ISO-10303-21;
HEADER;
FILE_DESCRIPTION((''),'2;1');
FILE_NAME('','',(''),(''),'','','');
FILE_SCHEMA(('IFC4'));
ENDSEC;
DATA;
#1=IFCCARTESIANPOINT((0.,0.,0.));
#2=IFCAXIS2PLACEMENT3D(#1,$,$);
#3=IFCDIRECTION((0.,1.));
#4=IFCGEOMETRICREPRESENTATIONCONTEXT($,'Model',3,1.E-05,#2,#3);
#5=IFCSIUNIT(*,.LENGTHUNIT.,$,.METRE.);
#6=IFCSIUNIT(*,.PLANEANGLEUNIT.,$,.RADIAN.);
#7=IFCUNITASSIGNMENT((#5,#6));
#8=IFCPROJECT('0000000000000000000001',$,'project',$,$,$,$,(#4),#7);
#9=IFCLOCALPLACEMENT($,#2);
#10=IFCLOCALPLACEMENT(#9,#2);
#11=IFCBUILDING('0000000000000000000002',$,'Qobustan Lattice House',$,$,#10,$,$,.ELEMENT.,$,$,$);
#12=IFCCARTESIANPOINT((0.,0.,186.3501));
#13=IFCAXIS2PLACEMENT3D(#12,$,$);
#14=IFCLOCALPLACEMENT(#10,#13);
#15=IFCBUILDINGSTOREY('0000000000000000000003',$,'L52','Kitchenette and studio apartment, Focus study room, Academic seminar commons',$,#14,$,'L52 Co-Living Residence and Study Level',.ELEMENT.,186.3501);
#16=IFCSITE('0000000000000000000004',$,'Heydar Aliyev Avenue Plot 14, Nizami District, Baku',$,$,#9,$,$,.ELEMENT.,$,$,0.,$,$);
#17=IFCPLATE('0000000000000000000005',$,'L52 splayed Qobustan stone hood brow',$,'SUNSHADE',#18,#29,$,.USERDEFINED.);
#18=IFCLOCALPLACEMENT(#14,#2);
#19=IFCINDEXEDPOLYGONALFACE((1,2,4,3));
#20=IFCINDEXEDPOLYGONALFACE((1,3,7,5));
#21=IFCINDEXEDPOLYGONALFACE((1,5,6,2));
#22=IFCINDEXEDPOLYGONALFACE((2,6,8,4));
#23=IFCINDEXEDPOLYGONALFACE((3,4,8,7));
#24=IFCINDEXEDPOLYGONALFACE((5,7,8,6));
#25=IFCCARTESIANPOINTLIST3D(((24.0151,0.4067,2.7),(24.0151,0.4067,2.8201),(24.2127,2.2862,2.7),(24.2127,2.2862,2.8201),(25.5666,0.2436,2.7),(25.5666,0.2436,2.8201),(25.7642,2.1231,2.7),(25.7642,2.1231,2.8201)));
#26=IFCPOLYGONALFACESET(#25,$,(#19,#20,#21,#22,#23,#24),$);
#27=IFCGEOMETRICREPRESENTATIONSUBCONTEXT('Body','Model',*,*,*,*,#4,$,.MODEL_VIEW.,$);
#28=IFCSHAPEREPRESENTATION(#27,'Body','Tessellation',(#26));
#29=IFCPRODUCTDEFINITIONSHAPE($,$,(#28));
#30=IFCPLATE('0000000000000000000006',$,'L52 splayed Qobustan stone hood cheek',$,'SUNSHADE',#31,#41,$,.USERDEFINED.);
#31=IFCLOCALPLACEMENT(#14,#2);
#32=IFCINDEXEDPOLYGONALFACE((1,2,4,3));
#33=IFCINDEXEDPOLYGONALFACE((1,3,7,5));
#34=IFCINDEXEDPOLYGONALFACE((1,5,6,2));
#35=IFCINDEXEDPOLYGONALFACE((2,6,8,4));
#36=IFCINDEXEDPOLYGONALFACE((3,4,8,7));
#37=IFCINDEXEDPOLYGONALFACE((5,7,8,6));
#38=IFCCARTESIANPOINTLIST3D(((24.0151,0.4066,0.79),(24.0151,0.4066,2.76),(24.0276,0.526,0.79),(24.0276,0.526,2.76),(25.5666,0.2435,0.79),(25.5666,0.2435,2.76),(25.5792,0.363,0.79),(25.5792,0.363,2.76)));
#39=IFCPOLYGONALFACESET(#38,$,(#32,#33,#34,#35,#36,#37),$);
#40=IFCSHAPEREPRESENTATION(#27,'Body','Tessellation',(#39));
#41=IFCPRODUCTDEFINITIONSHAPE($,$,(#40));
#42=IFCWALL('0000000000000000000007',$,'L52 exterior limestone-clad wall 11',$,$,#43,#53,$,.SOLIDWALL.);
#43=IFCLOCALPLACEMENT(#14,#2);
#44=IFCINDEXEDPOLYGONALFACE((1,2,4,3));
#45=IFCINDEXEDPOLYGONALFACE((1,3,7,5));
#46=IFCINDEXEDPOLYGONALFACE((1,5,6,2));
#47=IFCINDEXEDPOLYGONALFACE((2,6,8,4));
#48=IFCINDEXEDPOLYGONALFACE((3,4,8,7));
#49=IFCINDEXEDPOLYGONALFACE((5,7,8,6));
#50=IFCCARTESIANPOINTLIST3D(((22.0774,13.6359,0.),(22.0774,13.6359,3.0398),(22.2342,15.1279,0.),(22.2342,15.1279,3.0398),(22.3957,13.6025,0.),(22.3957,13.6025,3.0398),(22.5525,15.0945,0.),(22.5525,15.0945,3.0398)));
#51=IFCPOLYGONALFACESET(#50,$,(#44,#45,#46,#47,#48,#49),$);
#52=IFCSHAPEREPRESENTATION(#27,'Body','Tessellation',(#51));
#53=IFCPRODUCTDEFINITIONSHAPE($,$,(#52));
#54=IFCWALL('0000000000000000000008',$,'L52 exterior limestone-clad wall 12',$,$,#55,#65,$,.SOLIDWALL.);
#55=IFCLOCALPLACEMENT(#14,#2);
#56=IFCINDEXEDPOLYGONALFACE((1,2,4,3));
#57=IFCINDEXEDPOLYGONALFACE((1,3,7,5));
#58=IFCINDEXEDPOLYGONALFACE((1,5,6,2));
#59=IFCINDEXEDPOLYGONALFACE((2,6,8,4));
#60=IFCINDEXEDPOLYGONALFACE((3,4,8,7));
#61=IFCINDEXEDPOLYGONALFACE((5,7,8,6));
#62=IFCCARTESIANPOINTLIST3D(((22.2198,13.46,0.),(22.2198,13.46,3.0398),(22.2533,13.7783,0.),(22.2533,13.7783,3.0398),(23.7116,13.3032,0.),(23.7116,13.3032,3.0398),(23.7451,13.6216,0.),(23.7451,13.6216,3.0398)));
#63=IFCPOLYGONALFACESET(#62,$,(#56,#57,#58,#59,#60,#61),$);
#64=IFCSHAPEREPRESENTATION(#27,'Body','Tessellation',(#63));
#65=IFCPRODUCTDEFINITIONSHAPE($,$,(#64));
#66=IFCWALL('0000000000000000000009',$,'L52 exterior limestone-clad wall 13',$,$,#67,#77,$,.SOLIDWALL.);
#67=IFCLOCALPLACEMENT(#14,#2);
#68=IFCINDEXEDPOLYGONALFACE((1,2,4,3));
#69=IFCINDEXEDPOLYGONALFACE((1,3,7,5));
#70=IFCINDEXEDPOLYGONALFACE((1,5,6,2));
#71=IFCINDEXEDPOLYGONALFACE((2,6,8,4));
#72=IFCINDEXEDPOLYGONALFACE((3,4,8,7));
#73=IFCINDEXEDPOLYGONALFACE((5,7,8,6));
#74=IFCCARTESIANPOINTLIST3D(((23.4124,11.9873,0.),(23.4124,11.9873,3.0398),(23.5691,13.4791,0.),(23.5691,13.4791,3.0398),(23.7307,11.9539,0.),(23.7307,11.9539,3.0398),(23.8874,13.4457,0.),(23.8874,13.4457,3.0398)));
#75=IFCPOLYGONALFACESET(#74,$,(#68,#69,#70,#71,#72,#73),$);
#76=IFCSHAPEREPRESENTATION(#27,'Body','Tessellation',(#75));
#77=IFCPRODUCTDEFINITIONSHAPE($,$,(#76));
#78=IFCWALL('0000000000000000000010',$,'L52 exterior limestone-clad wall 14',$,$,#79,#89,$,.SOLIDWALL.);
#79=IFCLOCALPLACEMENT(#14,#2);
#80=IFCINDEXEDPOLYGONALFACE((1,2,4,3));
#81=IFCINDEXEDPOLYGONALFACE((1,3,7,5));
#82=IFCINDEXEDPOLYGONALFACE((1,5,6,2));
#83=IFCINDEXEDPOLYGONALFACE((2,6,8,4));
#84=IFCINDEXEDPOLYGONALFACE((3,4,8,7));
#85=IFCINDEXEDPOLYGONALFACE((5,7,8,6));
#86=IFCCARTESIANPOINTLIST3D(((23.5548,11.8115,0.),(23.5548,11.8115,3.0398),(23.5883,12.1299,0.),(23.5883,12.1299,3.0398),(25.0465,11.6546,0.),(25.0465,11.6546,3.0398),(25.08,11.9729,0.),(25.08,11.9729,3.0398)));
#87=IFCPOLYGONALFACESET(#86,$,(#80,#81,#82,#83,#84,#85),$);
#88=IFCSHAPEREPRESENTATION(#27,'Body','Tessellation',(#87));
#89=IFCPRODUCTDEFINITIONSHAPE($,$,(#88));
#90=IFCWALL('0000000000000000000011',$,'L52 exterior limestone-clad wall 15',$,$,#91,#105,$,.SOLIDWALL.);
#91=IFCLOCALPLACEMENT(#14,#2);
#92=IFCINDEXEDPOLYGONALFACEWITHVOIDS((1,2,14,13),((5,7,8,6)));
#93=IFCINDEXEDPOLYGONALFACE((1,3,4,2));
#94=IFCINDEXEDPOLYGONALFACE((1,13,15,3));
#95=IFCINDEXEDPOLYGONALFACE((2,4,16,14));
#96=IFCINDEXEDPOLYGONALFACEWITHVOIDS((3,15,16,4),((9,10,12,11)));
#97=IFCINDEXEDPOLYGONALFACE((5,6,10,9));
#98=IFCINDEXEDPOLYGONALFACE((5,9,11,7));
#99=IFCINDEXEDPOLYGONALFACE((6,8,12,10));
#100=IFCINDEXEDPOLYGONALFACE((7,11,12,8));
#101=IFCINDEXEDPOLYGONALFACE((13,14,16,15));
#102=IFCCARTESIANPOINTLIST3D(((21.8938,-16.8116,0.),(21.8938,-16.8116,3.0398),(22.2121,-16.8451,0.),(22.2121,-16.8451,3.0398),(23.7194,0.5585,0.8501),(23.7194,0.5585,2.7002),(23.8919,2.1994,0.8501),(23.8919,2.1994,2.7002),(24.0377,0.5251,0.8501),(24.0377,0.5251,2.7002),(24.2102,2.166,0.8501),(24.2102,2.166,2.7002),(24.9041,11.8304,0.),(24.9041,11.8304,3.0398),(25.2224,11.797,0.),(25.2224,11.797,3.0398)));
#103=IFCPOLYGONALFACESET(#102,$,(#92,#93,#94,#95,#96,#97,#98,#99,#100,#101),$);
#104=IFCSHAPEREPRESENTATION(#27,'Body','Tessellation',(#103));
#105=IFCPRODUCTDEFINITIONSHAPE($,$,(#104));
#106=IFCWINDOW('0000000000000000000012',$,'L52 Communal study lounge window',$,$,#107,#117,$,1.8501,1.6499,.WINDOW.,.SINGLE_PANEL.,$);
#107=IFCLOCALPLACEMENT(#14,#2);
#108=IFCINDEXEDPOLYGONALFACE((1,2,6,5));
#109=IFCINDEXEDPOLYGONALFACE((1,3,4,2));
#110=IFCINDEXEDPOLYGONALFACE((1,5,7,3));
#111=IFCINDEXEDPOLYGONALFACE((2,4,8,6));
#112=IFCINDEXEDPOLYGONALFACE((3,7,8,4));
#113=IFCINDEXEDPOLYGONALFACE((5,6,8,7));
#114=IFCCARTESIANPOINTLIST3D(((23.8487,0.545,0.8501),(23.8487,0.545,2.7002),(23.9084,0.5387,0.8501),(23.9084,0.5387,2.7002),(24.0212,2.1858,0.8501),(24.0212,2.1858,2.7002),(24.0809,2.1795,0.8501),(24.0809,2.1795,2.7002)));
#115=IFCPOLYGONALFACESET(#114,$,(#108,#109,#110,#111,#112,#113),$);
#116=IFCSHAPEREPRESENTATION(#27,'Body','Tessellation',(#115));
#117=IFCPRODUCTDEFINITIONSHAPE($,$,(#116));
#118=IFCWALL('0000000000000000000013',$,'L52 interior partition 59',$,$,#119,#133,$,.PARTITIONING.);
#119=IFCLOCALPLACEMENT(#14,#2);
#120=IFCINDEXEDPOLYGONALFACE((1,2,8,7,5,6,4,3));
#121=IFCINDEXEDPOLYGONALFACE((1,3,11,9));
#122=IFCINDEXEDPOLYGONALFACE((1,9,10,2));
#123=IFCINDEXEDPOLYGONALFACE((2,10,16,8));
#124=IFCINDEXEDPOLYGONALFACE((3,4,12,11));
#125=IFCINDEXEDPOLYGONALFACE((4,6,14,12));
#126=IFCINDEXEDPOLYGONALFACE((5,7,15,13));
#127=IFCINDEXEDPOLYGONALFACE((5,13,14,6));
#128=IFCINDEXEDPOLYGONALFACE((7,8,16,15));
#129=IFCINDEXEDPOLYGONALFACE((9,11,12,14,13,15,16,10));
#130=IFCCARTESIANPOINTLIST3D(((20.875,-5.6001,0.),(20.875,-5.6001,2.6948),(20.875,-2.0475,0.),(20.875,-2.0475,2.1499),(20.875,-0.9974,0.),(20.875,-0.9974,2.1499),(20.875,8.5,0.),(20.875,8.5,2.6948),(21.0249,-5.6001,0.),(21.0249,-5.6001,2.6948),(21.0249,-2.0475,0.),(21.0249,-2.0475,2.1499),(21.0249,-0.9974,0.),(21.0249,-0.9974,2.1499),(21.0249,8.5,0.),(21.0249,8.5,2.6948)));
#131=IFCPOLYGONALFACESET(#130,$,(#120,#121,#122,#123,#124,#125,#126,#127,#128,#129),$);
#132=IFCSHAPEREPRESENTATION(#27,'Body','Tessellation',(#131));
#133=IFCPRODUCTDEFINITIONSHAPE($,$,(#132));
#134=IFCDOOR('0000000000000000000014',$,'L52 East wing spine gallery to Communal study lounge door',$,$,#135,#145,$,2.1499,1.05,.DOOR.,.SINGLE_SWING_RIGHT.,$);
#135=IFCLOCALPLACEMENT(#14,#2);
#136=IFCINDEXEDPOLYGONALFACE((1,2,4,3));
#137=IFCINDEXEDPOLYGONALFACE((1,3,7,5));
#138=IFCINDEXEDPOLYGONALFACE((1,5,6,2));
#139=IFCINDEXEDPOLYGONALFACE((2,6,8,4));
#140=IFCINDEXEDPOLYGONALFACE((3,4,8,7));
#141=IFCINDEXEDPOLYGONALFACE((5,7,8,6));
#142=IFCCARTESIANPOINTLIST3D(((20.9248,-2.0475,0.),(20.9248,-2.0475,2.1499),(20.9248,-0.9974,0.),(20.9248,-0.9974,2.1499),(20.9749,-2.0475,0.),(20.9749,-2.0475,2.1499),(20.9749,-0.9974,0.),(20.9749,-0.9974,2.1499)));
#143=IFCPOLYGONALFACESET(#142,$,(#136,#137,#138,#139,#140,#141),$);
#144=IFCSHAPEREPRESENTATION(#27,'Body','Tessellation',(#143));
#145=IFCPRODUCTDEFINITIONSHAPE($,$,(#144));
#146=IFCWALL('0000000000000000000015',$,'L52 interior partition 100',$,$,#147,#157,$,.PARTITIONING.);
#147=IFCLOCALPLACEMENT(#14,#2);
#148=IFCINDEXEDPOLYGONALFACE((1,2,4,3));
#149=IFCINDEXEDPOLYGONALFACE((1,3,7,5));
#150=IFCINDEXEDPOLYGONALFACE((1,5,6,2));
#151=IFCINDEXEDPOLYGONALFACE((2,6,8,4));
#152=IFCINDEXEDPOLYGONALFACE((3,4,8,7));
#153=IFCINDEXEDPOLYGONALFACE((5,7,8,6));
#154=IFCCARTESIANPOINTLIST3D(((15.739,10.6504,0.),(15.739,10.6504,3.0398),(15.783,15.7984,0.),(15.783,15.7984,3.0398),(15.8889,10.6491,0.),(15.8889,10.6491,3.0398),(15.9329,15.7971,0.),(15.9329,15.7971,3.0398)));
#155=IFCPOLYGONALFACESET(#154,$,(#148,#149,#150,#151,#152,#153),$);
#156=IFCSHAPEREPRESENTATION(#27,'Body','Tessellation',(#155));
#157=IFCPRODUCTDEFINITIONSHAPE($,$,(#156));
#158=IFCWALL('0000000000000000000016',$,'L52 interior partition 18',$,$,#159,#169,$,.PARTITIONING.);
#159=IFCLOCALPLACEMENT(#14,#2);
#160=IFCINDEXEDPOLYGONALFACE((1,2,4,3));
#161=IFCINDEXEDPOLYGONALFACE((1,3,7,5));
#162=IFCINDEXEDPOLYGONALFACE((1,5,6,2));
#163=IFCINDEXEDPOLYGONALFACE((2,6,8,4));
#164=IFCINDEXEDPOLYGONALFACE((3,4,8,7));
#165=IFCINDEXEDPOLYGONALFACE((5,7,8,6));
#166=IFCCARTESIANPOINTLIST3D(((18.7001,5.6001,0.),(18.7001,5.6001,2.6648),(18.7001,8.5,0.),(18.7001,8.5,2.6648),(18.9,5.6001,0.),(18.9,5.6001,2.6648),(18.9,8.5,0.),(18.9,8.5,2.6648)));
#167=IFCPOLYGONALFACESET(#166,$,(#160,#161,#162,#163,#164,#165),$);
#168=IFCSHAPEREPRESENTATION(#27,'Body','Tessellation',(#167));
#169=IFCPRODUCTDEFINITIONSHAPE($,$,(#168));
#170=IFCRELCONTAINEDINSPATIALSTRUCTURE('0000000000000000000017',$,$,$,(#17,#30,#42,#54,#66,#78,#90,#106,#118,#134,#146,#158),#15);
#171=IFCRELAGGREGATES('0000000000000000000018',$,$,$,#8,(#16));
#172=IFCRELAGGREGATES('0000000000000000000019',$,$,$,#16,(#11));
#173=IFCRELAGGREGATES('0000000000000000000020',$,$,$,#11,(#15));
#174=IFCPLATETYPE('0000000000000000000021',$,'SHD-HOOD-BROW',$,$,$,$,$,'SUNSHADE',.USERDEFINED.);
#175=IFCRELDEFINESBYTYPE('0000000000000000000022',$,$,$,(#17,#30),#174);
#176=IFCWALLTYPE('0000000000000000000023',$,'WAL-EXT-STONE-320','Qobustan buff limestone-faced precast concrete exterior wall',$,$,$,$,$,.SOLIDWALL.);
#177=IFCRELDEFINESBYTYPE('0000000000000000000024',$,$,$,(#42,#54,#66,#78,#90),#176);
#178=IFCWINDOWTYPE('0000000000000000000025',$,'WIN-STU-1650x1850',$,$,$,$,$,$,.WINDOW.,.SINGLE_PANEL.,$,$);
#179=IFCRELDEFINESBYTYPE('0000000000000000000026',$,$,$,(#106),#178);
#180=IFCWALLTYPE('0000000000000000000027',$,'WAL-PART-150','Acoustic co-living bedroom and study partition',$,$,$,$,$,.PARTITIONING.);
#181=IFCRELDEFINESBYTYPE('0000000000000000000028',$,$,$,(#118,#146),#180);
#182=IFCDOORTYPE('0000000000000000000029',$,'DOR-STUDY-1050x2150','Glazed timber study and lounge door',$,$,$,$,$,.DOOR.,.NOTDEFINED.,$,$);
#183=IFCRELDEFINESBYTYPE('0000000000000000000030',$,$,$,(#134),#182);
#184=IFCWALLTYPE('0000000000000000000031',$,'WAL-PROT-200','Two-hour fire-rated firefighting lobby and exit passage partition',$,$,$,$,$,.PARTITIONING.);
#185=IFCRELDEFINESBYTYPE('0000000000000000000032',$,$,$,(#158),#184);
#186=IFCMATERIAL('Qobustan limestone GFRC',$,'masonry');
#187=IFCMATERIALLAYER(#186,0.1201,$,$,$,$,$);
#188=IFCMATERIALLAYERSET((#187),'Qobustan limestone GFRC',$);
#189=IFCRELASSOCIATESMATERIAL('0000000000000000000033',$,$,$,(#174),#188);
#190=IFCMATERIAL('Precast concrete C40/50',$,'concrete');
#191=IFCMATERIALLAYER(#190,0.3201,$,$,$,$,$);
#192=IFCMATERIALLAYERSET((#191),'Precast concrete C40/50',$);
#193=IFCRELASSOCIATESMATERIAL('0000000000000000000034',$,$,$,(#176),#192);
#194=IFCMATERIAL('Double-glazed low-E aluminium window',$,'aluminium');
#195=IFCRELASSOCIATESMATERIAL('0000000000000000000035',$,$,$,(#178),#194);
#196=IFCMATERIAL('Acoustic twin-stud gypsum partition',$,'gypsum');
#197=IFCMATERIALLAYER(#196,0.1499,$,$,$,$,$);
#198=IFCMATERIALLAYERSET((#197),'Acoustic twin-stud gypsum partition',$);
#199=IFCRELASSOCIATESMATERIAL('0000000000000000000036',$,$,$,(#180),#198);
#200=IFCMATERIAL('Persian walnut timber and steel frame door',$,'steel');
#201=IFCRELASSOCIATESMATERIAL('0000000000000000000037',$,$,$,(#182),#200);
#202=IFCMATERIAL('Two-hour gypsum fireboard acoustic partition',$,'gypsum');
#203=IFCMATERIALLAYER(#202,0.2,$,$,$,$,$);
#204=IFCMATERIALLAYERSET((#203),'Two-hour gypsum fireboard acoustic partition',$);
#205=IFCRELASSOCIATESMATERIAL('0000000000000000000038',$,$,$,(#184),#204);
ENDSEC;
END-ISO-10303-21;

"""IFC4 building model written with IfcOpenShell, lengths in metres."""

from ifc_helpers import new_model, si_unit, direction, frame, frame_2d, origin, origin_2d, place, context, subcontext, project, spatial, rectangle, extrude, material, layer, layer_set, type_object, element, fill, save


model = new_model("IFC4")

# Units and contexts
model_context = context("Model", 3, precision=1e-05, world=origin(), true_north=direction((0.0, 1.0)))
body_context = subcontext(model_context, "Body", "Model", "MODEL_VIEW")
ifc_project = project(units=[si_unit("LENGTHUNIT", "METRE"), si_unit("PLANEANGLEUNIT", "RADIAN")], contexts=[model_context])

# Site, building, storey
site_placement = place(None, origin())
site = spatial("IfcSite", under=ifc_project, at=site_placement, Name="Heydar Aliyev Avenue Plot 14, Nizami District, Baku", CompositionType="ELEMENT", RefElevation=0.0)
building_placement = place(site_placement, origin())
building = spatial("IfcBuilding", under=site, at=building_placement, Name="Qobustan Lattice House", CompositionType="ELEMENT")
storey_placement = place(building_placement, frame((0.0, 0.0, 186.3501)))
storey = spatial("IfcBuildingStorey", under=building, at=storey_placement, Name="L52", Description="Kitchenette and studio apartment, Focus study room, Academic seminar commons", LongName="L52 Co-Living Residence and Study Level", CompositionType="ELEMENT", Elevation=186.3501)

# Plates
ifc_material_1 = material(Name="Qobustan limestone GFRC", Category="masonry")
ifc_layer_1 = layer(ifc_material_1, 0.1201)
ifc_layer_set_1 = layer_set([ifc_layer_1], Name="Qobustan limestone GFRC")
plate_type = type_object("IfcPlateType", Name="SHD-HOOD-BROW", ElementType="SUNSHADE", PredefinedType="USERDEFINED", material=ifc_layer_set_1)
plate_1_placement = place(storey_placement, frame((24.8896, 1.2649, 2.7), z_axis=(0.0, 0.0, 1.0), x_axis=(-0.104528, -0.994522, 0.0)))
element("IfcPlate", 1, at=plate_1_placement, inside=storey, type_object=plate_type, Name="L52 splayed Qobustan stone hood brow", ObjectType="SUNSHADE", PredefinedType="USERDEFINED", context=body_context, shape_type="SweptSolid", body=[
    extrude(rectangle(XDim=1.8899, YDim=1.5601, at=origin_2d()), origin(), (0.0, 0.0, 1.0), 0.1201),
])
plate_2_placement = place(storey_placement, frame((24.7971, 0.3848, 0.79), z_axis=(0.0, 0.0, 1.0), x_axis=(-0.104528, -0.994522, 0.0)))
element("IfcPlate", 2, at=plate_2_placement, inside=storey, type_object=plate_type, Name="L52 splayed Qobustan stone hood cheek", ObjectType="SUNSHADE", PredefinedType="USERDEFINED", context=body_context, shape_type="SweptSolid", body=[
    extrude(rectangle(XDim=0.1201, YDim=1.5601, at=origin_2d()), origin(), (0.0, 0.0, 1.0), 1.97),
])

# Walls
ifc_material_2 = material(Name="Precast concrete C40/50", Category="concrete")
ifc_layer_2 = layer(ifc_material_2, 0.3201)
ifc_layer_set_2 = layer_set([ifc_layer_2], Name="Precast concrete C40/50")
wall_type_1 = type_object("IfcWallType", Name="WAL-EXT-STONE-320", Description="Qobustan buff limestone-faced precast concrete exterior wall", PredefinedType="SOLIDWALL", material=ifc_layer_set_2)
wall_1_placement = place(storey_placement, frame((22.3933, 15.1111, 0.0), z_axis=(0.0, 0.0, 1.0), x_axis=(-0.104481, -0.994527, 0.0)))
element("IfcWall", 3, at=wall_1_placement, inside=storey, type_object=wall_type_1, Name="L52 exterior limestone-clad wall 11", PredefinedType="SOLIDWALL", context=body_context, shape_type="SweptSolid", body=[
    extrude(rectangle(XDim=1.5002, YDim=0.3201, at=frame_2d((0.75, 0.0))), origin(), (0.0, 0.0, 1.0), 3.0398),
])
for number, where, z_axis, x_axis, name in (
    (4, (22.2366, 13.6191, 0.0), (0.0, 0.0, 1.0), (0.994525, -0.104498, 0.0), "L52 exterior limestone-clad wall 12"),
    (5, (23.7283, 13.4624, 0.0), (0.0, 0.0, 1.0), (-0.104498, -0.994525, 0.0), "L52 exterior limestone-clad wall 13"),
    (6, (23.5715, 11.9707, 0.0), (0.0, 0.0, 1.0), (0.994508, -0.104659, 0.0), "L52 exterior limestone-clad wall 14"),
):
    element("IfcWall", number, at=place(storey_placement, frame(where, z_axis=z_axis, x_axis=x_axis)), inside=storey, type_object=wall_type_1, Name=name, PredefinedType="SOLIDWALL", context=body_context, shape_type="SweptSolid", body=[
        extrude(rectangle(XDim=1.5, YDim=0.3201, at=frame_2d((0.75, 0.0))), origin(), (0.0, 0.0, 1.0), 3.0398),
    ])

# Wall, opening, window
wall_2_placement = place(storey_placement, frame((25.0632, 11.8137, 0.0), z_axis=(0.0, 0.0, 1.0), x_axis=(-0.104523, -0.994522, 0.0)))
wall_2 = element("IfcWall", 7, at=wall_2_placement, inside=storey, type_object=wall_type_1, Name="L52 exterior limestone-clad wall 15", PredefinedType="SOLIDWALL", context=body_context, shape_type="SweptSolid", body=[
    extrude(rectangle(XDim=28.7998, YDim=0.3201, at=frame_2d((14.3999, 0.0))), origin(), (0.0, 0.0, 1.0), 3.0398),
])
opening_1_placement = place(wall_2_placement, frame((9.6841, 0.0, 0.8501)))
opening_1 = element("IfcOpeningElement", 8, at=opening_1_placement, cuts=wall_2, PredefinedType="OPENING", context=body_context, shape_type="SweptSolid", body=[
    extrude(rectangle(XDim=1.6499, YDim=1.8501, at=frame_2d((0.825, 0.925))), frame((0.0, 0.1699, 0.0), z_axis=(0.0, -1.0, 0.0), x_axis=(1.0, 0.0, 0.0)), (0.0, 0.0, 1.0), 0.3401),
])
ifc_material_3 = material(Name="Double-glazed low-E aluminium window", Category="aluminium")
window_type = type_object("IfcWindowType", Name="WIN-STU-1650x1850", PartitioningType="SINGLE_PANEL", PredefinedType="WINDOW", material=ifc_material_3)
window_placement = place(opening_1_placement, origin())
window = element("IfcWindow", 9, at=window_placement, inside=storey, type_object=window_type, Name="L52 Communal study lounge window", OverallHeight=1.8501, OverallWidth=1.6499, PartitioningType="SINGLE_PANEL", PredefinedType="WINDOW", context=body_context, shape_type="SweptSolid", body=[
    extrude(rectangle(XDim=1.6499, YDim=1.8501, at=frame_2d((0.825, 0.925))), frame((0.0, 0.03, 0.0), z_axis=(0.0, -1.0, 0.0), x_axis=(1.0, 0.0, 0.0)), (0.0, 0.0, 1.0), 0.0601),
])
fill(opening_1, window)

# Wall, opening, door
ifc_material_4 = material(Name="Acoustic twin-stud gypsum partition", Category="gypsum")
ifc_layer_3 = layer(ifc_material_4, 0.1499)
ifc_layer_set_3 = layer_set([ifc_layer_3], Name="Acoustic twin-stud gypsum partition")
wall_type_2 = type_object("IfcWallType", Name="WAL-PART-150", Description="Acoustic co-living bedroom and study partition", PredefinedType="PARTITIONING", material=ifc_layer_set_3)
ifc_material_5 = material(Name="Persian walnut timber and steel frame door", Category="steel")
door_type_1 = type_object("IfcDoorType", Name="DOR-STUDY-1050x2150", Description="Glazed timber study and lounge door", OperationType="NOTDEFINED", PredefinedType="DOOR", material=ifc_material_5)
wall_3_placement = place(storey_placement, frame((20.95, 8.5, 0.0), z_axis=(0.0, 0.0, 1.0), x_axis=(0.0, -1.0, 0.0)))
wall_3 = element("IfcWall", 10, at=wall_3_placement, inside=storey, type_object=wall_type_2, Name="L52 interior partition 59", PredefinedType="PARTITIONING", context=body_context, shape_type="SweptSolid", body=[
    extrude(rectangle(XDim=14.1001, YDim=0.1499, at=frame_2d((7.05, 0.0))), origin(), (0.0, 0.0, 1.0), 2.6948),
])
opening_2_placement = place(wall_3_placement, frame((9.4976, 0.0, 0.0)))
opening_2 = element("IfcOpeningElement", 11, at=opening_2_placement, cuts=wall_3, PredefinedType="OPENING", context=body_context, shape_type="SweptSolid", body=[
    extrude(rectangle(XDim=1.05, YDim=2.1499, at=frame_2d((0.5249, 1.075))), frame((0.0, 0.085, 0.0), z_axis=(0.0, -1.0, 0.0), x_axis=(1.0, 0.0, 0.0)), (0.0, 0.0, 1.0), 0.1699),
])
door_1_placement = place(opening_2_placement, origin())
door_1 = element("IfcDoor", 12, at=door_1_placement, inside=storey, type_object=door_type_1, Name="L52 East wing spine gallery to Communal study lounge door", OperationType="SINGLE_SWING_RIGHT", OverallHeight=2.1499, OverallWidth=1.05, PredefinedType="DOOR", context=body_context, shape_type="SweptSolid", body=[
    extrude(rectangle(XDim=1.05, YDim=2.1499, at=frame_2d((0.5249, 1.075))), frame((0.0, 0.0249, 0.0), z_axis=(0.0, -1.0, 0.0), x_axis=(1.0, 0.0, 0.0)), (0.0, 0.0, 1.0), 0.05),
])
fill(opening_2, door_1)

# Wall
wall_4_placement = place(storey_placement, frame((15.8579, 15.7979, 0.0), z_axis=(0.0, 0.0, 1.0), x_axis=(-0.008536, -0.999964, 0.0)))
element("IfcWall", 13, at=wall_4_placement, inside=storey, type_object=wall_type_2, Name="L52 interior partition 100", PredefinedType="PARTITIONING", context=body_context, shape_type="SweptSolid", body=[
    extrude(rectangle(XDim=5.1482, YDim=0.1499, at=frame_2d((2.5742, 0.0))), origin(), (0.0, 0.0, 1.0), 3.0398),
])

# Shared definitions
ifc_material_6 = material(Name="Two-hour gypsum fireboard acoustic partition", Category="gypsum")
ifc_layer_4 = layer(ifc_material_6, 0.2)
ifc_layer_set_4 = layer_set([ifc_layer_4], Name="Two-hour gypsum fireboard acoustic partition")
wall_type_3 = type_object("IfcWallType", Name="WAL-PROT-200", Description="Two-hour fire-rated firefighting lobby and exit passage partition", PredefinedType="PARTITIONING", material=ifc_layer_set_4)

# Wall
wall_5_placement = place(storey_placement, frame((18.8, 5.6001, 0.0), z_axis=(0.0, 0.0, 1.0), x_axis=(0.0, 1.0, 0.0)))
element("IfcWall", 14, at=wall_5_placement, inside=storey, type_object=wall_type_3, Name="L52 interior partition 18", PredefinedType="PARTITIONING", context=body_context, shape_type="SweptSolid", body=[
    extrude(rectangle(XDim=2.8999, YDim=0.2, at=frame_2d((1.45, 0.0))), origin(), (0.0, 0.0, 1.0), 2.6648),
])

save(model, "model.ifc")
